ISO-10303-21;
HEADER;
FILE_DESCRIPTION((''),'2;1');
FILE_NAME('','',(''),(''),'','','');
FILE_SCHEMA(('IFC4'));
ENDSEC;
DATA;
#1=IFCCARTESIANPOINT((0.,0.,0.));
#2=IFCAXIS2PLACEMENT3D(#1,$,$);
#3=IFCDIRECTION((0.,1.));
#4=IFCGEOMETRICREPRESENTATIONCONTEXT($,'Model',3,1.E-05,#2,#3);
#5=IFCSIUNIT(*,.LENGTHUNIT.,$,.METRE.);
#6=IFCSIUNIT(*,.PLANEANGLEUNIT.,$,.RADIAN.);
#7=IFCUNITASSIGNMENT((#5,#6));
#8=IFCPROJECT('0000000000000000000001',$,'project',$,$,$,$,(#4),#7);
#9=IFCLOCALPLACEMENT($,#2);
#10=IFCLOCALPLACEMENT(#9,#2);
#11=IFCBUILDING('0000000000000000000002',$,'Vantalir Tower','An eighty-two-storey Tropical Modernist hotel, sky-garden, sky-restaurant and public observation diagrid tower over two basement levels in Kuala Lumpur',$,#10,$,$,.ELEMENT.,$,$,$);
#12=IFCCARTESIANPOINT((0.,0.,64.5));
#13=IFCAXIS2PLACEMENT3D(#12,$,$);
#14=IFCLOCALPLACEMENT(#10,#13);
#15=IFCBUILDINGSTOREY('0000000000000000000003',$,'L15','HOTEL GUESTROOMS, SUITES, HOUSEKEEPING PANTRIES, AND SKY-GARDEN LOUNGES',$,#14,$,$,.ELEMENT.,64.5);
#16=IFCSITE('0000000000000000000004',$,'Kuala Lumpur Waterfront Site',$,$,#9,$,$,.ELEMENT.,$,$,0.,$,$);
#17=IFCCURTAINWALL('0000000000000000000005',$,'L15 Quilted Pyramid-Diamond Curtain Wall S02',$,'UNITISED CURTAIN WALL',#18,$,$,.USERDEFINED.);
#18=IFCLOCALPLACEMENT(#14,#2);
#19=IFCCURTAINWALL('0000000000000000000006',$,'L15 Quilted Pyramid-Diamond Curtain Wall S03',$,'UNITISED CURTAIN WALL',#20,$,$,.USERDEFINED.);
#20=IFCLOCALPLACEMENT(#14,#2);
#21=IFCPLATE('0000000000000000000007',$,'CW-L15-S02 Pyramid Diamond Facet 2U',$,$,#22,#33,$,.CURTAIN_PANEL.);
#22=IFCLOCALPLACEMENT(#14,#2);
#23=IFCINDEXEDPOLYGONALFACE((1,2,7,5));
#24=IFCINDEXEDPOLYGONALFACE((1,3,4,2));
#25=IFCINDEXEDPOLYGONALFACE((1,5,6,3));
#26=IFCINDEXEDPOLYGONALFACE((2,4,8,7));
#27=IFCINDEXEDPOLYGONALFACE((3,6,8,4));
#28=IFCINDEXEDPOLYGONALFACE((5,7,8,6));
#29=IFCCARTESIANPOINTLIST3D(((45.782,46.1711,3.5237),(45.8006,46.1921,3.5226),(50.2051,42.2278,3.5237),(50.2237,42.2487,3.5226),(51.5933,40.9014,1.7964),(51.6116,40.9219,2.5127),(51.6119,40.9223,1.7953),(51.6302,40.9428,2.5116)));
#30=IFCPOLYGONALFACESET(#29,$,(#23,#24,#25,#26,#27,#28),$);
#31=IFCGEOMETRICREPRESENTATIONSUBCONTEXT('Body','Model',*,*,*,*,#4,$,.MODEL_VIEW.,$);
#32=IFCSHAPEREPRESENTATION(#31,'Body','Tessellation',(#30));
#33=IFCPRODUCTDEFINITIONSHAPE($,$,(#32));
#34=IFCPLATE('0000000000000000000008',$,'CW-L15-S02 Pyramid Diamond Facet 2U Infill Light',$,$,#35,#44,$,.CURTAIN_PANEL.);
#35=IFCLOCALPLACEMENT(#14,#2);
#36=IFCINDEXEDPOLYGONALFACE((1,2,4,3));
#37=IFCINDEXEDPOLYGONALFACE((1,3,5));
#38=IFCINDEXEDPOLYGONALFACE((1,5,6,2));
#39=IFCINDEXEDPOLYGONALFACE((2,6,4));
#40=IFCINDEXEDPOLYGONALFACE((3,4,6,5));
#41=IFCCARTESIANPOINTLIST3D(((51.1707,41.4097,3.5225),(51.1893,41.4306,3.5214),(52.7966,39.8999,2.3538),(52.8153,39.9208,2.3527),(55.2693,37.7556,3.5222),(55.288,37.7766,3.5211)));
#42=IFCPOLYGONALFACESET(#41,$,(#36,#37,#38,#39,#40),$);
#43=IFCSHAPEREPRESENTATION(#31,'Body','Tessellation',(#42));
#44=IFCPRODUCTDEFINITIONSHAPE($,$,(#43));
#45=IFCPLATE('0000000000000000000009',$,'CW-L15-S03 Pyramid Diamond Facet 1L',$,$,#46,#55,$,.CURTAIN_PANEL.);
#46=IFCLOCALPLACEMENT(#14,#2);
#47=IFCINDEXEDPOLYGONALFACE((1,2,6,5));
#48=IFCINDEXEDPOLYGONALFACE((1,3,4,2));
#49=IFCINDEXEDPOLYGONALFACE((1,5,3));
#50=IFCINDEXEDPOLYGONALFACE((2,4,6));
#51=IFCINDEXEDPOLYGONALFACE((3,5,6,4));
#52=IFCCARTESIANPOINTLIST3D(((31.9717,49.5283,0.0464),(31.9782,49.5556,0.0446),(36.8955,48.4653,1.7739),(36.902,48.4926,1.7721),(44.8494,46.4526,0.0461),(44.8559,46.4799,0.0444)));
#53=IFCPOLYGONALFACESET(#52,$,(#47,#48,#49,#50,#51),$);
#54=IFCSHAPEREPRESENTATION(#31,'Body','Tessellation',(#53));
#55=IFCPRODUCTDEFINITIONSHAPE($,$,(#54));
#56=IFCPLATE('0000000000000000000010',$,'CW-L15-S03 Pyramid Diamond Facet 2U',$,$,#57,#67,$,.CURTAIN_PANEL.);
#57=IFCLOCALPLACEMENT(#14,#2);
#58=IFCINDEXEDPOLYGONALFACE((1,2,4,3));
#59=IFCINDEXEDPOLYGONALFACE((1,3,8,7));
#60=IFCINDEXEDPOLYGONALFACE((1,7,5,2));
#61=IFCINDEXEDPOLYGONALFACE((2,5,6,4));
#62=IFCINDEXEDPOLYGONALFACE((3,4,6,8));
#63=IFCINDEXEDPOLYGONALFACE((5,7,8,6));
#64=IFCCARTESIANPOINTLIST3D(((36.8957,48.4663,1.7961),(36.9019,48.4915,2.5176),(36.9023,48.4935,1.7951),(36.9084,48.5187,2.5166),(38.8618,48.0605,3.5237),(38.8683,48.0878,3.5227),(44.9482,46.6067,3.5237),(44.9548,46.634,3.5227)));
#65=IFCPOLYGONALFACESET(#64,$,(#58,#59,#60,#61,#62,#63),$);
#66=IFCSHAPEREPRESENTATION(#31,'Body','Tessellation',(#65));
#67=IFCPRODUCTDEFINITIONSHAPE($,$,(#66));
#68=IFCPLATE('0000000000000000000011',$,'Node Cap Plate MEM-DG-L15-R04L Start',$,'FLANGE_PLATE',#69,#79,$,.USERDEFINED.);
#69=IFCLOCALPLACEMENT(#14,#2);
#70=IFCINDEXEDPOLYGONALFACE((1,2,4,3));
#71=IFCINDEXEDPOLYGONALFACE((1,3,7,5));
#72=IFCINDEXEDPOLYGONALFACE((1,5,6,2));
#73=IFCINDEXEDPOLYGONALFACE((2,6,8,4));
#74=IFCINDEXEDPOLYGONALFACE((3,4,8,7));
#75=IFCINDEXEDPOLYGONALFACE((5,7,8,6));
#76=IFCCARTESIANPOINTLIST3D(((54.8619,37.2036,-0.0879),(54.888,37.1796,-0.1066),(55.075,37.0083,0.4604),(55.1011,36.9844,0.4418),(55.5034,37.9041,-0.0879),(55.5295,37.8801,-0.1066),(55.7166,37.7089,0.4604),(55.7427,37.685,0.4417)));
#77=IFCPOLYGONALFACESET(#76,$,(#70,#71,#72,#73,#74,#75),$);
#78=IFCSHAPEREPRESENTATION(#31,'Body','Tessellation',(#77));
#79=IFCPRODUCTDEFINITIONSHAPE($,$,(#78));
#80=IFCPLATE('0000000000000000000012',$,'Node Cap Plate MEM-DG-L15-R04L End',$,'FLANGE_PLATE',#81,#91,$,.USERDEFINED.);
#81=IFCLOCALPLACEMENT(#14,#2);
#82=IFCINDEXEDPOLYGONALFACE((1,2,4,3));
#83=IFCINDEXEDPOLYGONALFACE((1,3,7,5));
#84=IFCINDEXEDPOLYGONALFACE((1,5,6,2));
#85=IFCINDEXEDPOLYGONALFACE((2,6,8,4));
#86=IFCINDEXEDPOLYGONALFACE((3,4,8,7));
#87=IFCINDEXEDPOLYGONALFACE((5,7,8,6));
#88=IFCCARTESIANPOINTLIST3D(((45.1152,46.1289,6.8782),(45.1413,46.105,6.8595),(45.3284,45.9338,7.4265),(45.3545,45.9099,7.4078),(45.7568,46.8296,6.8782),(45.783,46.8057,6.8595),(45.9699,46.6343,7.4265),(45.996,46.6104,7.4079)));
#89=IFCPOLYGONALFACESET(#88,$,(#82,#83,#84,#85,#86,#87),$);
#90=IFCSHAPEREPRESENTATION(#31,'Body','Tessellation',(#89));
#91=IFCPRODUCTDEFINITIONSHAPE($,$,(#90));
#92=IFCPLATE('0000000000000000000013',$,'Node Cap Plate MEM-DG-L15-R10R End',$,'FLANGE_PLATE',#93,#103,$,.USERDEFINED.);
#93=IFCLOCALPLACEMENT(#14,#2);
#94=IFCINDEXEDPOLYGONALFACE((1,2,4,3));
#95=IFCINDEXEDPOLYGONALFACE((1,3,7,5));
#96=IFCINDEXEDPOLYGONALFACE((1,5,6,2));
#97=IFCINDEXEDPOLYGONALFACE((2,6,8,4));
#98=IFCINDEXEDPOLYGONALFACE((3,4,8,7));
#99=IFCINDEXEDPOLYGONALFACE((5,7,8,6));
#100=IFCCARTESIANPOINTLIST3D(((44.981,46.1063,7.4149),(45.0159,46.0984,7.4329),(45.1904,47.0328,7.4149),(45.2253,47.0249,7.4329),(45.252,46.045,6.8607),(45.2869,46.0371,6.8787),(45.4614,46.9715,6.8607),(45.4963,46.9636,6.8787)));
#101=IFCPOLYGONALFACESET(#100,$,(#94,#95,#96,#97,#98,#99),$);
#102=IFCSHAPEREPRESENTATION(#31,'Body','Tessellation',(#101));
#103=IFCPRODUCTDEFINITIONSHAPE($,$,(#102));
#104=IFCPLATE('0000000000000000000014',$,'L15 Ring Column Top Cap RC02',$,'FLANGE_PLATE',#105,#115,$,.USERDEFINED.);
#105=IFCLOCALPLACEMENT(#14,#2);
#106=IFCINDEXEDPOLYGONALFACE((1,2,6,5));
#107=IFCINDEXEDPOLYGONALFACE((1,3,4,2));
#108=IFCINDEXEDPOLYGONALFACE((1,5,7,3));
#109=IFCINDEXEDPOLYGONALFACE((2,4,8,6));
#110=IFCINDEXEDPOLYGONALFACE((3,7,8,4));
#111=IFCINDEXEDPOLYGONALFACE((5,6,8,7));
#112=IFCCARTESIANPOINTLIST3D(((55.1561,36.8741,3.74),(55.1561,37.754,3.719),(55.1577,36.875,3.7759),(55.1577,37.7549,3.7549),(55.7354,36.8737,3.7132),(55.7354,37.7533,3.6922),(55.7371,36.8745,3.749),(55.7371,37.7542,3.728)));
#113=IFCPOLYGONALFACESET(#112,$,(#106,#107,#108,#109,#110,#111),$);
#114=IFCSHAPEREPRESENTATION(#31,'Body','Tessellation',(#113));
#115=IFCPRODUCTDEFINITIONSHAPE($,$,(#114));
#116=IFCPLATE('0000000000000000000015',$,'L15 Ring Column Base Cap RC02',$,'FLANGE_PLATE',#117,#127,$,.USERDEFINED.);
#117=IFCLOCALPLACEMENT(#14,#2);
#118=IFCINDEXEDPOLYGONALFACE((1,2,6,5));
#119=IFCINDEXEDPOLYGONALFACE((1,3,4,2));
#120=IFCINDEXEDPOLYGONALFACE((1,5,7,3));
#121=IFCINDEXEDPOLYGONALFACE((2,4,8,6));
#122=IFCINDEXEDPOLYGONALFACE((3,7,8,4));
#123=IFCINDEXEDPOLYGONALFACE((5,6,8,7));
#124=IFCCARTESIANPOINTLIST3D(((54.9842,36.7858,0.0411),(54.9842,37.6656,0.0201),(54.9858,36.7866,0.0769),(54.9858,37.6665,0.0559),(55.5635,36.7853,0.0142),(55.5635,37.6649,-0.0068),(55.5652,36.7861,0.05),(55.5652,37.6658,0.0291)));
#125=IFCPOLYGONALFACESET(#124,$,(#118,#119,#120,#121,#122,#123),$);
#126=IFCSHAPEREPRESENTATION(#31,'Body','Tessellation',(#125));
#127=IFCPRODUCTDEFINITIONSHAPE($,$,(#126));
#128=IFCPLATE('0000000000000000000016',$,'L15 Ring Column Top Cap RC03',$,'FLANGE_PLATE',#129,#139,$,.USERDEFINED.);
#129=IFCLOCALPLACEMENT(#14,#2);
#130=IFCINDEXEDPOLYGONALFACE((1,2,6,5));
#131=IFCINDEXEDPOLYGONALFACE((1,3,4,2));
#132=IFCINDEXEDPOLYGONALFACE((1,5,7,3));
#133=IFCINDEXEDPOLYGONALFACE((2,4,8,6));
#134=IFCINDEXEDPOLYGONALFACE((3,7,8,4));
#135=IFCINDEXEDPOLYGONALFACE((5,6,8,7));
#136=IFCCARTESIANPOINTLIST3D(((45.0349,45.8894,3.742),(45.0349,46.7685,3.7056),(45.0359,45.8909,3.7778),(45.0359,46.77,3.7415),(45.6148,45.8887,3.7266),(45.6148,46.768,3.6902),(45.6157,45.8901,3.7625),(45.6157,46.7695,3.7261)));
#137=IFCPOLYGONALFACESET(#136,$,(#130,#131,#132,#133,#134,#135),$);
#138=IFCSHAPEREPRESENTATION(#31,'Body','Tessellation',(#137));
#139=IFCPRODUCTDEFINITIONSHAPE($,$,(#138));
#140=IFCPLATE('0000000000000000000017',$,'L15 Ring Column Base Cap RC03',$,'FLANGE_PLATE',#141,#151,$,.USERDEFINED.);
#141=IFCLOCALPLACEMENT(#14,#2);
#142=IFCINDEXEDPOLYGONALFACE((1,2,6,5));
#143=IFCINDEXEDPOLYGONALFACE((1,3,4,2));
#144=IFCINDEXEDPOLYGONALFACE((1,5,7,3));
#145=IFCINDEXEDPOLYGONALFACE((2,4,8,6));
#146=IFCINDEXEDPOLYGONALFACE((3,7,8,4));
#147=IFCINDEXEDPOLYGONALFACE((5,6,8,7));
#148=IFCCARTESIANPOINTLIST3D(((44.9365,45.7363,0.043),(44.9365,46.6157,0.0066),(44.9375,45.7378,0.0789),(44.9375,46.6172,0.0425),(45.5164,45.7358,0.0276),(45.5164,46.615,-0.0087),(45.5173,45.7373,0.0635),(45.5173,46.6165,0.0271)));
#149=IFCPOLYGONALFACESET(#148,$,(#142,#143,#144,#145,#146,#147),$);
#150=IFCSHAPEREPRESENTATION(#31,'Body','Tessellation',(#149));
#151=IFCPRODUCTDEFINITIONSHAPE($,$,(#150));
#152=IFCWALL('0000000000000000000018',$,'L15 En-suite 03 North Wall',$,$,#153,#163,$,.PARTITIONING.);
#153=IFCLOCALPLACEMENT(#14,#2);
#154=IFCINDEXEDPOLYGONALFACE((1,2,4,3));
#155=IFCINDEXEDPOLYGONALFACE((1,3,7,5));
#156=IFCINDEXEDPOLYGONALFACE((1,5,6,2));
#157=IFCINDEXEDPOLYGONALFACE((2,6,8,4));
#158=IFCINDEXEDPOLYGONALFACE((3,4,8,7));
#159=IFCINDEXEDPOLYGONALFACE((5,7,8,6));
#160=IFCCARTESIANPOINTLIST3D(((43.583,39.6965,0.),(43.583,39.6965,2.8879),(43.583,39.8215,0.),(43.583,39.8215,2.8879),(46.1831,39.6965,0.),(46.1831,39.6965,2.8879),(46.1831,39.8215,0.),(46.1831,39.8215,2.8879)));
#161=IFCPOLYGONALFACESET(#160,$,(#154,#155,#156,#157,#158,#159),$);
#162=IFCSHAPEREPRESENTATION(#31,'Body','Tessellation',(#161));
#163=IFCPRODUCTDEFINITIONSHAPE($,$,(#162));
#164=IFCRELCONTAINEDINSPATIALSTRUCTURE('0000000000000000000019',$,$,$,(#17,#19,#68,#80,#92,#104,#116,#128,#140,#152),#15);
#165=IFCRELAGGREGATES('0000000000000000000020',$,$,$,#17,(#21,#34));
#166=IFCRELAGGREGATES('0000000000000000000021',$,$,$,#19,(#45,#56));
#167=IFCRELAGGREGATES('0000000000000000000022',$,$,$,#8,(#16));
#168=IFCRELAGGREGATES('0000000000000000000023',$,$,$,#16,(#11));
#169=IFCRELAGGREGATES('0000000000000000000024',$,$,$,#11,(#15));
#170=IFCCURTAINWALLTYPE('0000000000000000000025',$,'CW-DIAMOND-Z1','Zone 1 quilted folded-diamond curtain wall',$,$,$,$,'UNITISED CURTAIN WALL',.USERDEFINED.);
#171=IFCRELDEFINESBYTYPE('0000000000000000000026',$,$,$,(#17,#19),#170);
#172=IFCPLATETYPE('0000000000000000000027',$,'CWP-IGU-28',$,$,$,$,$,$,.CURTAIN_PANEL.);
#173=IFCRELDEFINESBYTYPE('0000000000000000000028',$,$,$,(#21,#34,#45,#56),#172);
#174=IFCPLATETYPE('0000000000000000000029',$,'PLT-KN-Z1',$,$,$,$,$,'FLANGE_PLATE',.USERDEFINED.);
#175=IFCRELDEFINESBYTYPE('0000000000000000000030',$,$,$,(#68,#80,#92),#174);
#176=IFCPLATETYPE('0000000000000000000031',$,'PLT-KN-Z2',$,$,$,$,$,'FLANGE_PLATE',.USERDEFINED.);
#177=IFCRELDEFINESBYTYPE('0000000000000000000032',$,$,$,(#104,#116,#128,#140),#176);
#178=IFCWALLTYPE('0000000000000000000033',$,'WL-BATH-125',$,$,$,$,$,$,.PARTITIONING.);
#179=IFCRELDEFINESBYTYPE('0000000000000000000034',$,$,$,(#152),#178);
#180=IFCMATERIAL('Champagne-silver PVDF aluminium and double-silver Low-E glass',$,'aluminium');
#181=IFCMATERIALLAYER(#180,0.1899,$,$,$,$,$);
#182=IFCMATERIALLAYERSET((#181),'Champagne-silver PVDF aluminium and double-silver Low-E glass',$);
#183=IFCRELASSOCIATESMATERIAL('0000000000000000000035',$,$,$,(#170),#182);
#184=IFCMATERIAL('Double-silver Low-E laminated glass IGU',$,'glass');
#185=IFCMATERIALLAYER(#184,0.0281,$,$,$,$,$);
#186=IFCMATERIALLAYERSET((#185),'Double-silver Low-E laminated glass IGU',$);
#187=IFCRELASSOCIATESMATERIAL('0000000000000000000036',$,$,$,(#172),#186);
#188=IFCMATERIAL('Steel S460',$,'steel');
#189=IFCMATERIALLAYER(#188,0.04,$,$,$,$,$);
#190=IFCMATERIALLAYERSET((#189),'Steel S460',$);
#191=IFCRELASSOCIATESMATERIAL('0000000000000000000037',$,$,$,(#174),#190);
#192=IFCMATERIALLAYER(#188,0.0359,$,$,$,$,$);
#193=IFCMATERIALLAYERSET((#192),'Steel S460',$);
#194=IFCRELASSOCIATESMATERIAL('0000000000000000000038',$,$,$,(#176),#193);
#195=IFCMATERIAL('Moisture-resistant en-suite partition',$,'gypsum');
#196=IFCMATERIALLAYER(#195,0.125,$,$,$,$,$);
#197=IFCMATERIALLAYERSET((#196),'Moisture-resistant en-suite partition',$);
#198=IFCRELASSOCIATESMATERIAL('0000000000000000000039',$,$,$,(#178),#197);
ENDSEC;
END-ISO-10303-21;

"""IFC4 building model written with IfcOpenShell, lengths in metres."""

from ifc_helpers import new_model, si_unit, direction, frame, frame_2d, origin, place, context, subcontext, project, spatial, polyline, rectangle, outline, extrude, material, layer, layer_set, type_object, element, aggregate, save


model = new_model("IFC4")

# Units and contexts
model_context = context("Model", 3, precision=1e-05, world=origin(), true_north=direction((0.0, 1.0)))
body_context = subcontext(model_context, "Body", "Model", "MODEL_VIEW")
ifc_project = project(units=[si_unit("LENGTHUNIT", "METRE"), si_unit("PLANEANGLEUNIT", "RADIAN")], contexts=[model_context])

# Site, building, storey
site_placement = place(None, origin())
site = spatial("IfcSite", under=ifc_project, at=site_placement, Name="Kuala Lumpur Waterfront Site", CompositionType="ELEMENT", RefElevation=0.0)
building_placement = place(site_placement, origin())
building = spatial("IfcBuilding", under=site, at=building_placement, Name="Vantalir Tower", Description="An eighty-two-storey Tropical Modernist hotel, sky-garden, sky-restaurant and public observation diagrid tower over two basement levels in Kuala Lumpur", CompositionType="ELEMENT")
storey_placement = place(building_placement, frame((0.0, 0.0, 64.5)))
storey = spatial("IfcBuildingStorey", under=building, at=storey_placement, Name="L15", Description="HOTEL GUESTROOMS, SUITES, HOUSEKEEPING PANTRIES, AND SKY-GARDEN LOUNGES", CompositionType="ELEMENT", Elevation=64.5)

# Shared definitions
ifc_material_1 = material(Name="Steel S460", Category="steel")

# Curtain wall
ifc_material_2 = material(Name="Champagne-silver PVDF aluminium and double-silver Low-E glass", Category="aluminium")
ifc_layer_1 = layer(ifc_material_2, 0.1899)
ifc_layer_set_1 = layer_set([ifc_layer_1], Name="Champagne-silver PVDF aluminium and double-silver Low-E glass")
curtain_wall_type = type_object("IfcCurtainWallType", Name="CW-DIAMOND-Z1", Description="Zone 1 quilted folded-diamond curtain wall", ElementType="UNITISED CURTAIN WALL", PredefinedType="USERDEFINED", material=ifc_layer_set_1)
curtain_wall_1_placement = place(storey_placement, origin())
curtain_wall_1 = element("IfcCurtainWall", 1, at=curtain_wall_1_placement, inside=storey, type_object=curtain_wall_type, Name="L15 Quilted Pyramid-Diamond Curtain Wall S02", ObjectType="UNITISED CURTAIN WALL", PredefinedType="USERDEFINED")

# Curtain wall
curtain_wall_2_placement = place(storey_placement, origin())
curtain_wall_2 = element("IfcCurtainWall", 2, at=curtain_wall_2_placement, inside=storey, type_object=curtain_wall_type, Name="L15 Quilted Pyramid-Diamond Curtain Wall S03", ObjectType="UNITISED CURTAIN WALL", PredefinedType="USERDEFINED")

# Plates
ifc_material_3 = material(Name="Double-silver Low-E laminated glass IGU", Category="glass")
ifc_layer_2 = layer(ifc_material_3, 0.0281)
ifc_layer_set_2 = layer_set([ifc_layer_2], Name="Double-silver Low-E laminated glass IGU")
plate_type_1 = type_object("IfcPlateType", Name="CWP-IGU-28", PredefinedType="CURTAIN_PANEL", material=ifc_layer_set_2)
plate_1_placement = place(storey_placement, frame((50.2051, 42.2278, 3.5237), z_axis=(-0.664978, -0.745878, 0.038345), x_axis=(-0.746427, 0.665467, 0.0)))
plate_1 = element("IfcPlate", 3, at=plate_1_placement, type_object=plate_type_1, Name="CW-L15-S02 Pyramid Diamond Facet 2U", PredefinedType="CURTAIN_PANEL", context=body_context, shape_type="SweptSolid", body=[
    extrude(outline(polyline([(0.0, 0.0), (5.9257, 0.0), (-1.9189, 1.7286), (-1.9189, 1.0117), (0.0, 0.0)])), origin(), (0.0, 0.0, -1.0), 0.0281),
])
plate_2_placement = place(storey_placement, frame((55.2693, 37.7556, 3.5222), z_axis=(-0.664972, -0.74588, 0.038398), x_axis=(-0.74643, 0.665464, 0.000044)))
plate_2 = element("IfcPlate", 4, at=plate_2_placement, type_object=plate_type_1, Name="CW-L15-S02 Pyramid Diamond Facet 2U Infill Light", PredefinedType="CURTAIN_PANEL", context=body_context, shape_type="SweptSolid", body=[
    extrude(outline(polyline([(0.0, 0.0), (5.491, 0.0), (3.2726, 1.1695), (0.0, 0.0)])), origin(), (0.0, 0.0, -1.0), 0.0281),
])
aggregate(curtain_wall_1, [plate_1, plate_2])
plate_3_placement = place(storey_placement, frame((44.8494, 46.4526, 0.0461), z_axis=(-0.231834, -0.970681, 0.063495), x_axis=(-0.972643, 0.232304, 0.000018)))
plate_3 = element("IfcPlate", 5, at=plate_3_placement, type_object=plate_type_1, Name="CW-L15-S03 Pyramid Diamond Facet 1L", PredefinedType="CURTAIN_PANEL", context=body_context, shape_type="SweptSolid", body=[
    extrude(outline(polyline([(0.0, 0.0), (13.2399, 0.0), (8.2039, -1.7311), (0.0, 0.0)])), origin(), (0.0, 0.0, -1.0), 0.0281),
])
plate_4_placement = place(storey_placement, frame((44.9482, 46.6067, 3.5237), z_axis=(-0.232173, -0.972011, 0.035926), x_axis=(-0.972639, 0.232323, 0.0)))
plate_4 = element("IfcPlate", 6, at=plate_4_placement, type_object=plate_type_1, Name="CW-L15-S03 Pyramid Diamond Facet 2U", PredefinedType="CURTAIN_PANEL", context=body_context, shape_type="SweptSolid", body=[
    extrude(outline(polyline([(0.0, 0.0), (6.2577, 0.0), (8.2641, 1.0068), (8.2642, 1.7287), (0.0, 0.0)])), origin(), (0.0, 0.0, -1.0), 0.0281),
])
aggregate(curtain_wall_2, [plate_3, plate_4])

# Plates
ifc_layer_3 = layer(ifc_material_1, 0.04)
ifc_layer_set_3 = layer_set([ifc_layer_3], Name="Steel S460")
plate_type_2 = type_object("IfcPlateType", Name="PLT-KN-Z1", ElementType="FLANGE_PLATE", PredefinedType="USERDEFINED", material=ifc_layer_set_3)
plate_5_placement = place(storey_placement, frame((55.5034, 37.9041, -0.0879), z_axis=(-0.65239, 0.597484, 0.466262), x_axis=(-0.675407, -0.737445, -0.000036)))
element("IfcPlate", 7, at=plate_5_placement, inside=storey, type_object=plate_type_2, Name="Node Cap Plate MEM-DG-L15-R04L Start", ObjectType="FLANGE_PLATE", PredefinedType="USERDEFINED", context=body_context, shape_type="SweptSolid", body=[
    extrude(outline(polyline([(0.0, 0.0), (0.9499, 0.0), (0.9499, 0.6199), (-0.0001, 0.6198), (0.0, 0.0)])), origin(), (0.0, 0.0, -1.0), 0.04),
])
plate_6_placement = place(storey_placement, frame((45.7568, 46.8296, 6.8782), z_axis=(-0.65239, 0.597484, 0.466262), x_axis=(-0.675379, -0.737471, 0.000036)))
element("IfcPlate", 8, at=plate_6_placement, inside=storey, type_object=plate_type_2, Name="Node Cap Plate MEM-DG-L15-R04L End", ObjectType="FLANGE_PLATE", PredefinedType="USERDEFINED", context=body_context, shape_type="SweptSolid", body=[
    extrude(outline(polyline([(0.0, 0.0), (0.9501, 0.0), (0.95, 0.6198), (0.0001, 0.6199), (0.0, 0.0)])), origin(), (0.0, 0.0, -1.0), 0.04),
])
plate_7_placement = place(storey_placement, frame((45.2869, 46.0371, 6.8787), z_axis=(0.871943, -0.197135, 0.448166), x_axis=(0.220521, 0.975382, 0.0)))
element("IfcPlate", 9, at=plate_7_placement, inside=storey, type_object=plate_type_2, Name="Node Cap Plate MEM-DG-L15-R10R End", ObjectType="FLANGE_PLATE", PredefinedType="USERDEFINED", context=body_context, shape_type="SweptSolid", body=[
    extrude(outline(polyline([(0.0, 0.0), (0.9499, 0.0), (0.9499, 0.6199), (0.0, 0.6199), (0.0, 0.0)])), origin(), (0.0, 0.0, -1.0), 0.04),
])
ifc_layer_4 = layer(ifc_material_1, 0.0359)
ifc_layer_set_4 = layer_set([ifc_layer_4], Name="Steel S460")
plate_type_3 = type_object("IfcPlateType", Name="PLT-KN-Z2", ElementType="FLANGE_PLATE", PredefinedType="USERDEFINED", material=ifc_layer_set_4)
for number, where, z_axis, x_axis, name in (
    (10, (55.1577, 37.7549, 3.7549), (0.046317, 0.023833, 0.998642), (0.0, -0.999715, 0.023859), "L15 Ring Column Top Cap RC02"),
    (11, (54.9858, 37.6665, 0.0559), (0.046317, 0.023833, 0.998642), (0.0, -0.999715, 0.023859), "L15 Ring Column Base Cap RC02"),
):
    element("IfcPlate", number, at=place(storey_placement, frame(where, z_axis=z_axis, x_axis=x_axis)), inside=storey, type_object=plate_type_3, Name=name, ObjectType="FLANGE_PLATE", PredefinedType="USERDEFINED", context=body_context, shape_type="SweptSolid", body=[
        extrude(outline(polyline([(0.0, 0.0), (0.8801, 0.0), (0.88, 0.58), (0.0001, 0.58), (0.0, 0.0)])), origin(), (0.0, 0.0, -1.0), 0.0359),
    ])
plate_8_placement = place(storey_placement, frame((45.0359, 46.77, 3.7415), z_axis=(0.026538, 0.041322, 0.998793), x_axis=(0.0, -0.999145, 0.041336)))
element("IfcPlate", 12, at=plate_8_placement, inside=storey, type_object=plate_type_3, Name="L15 Ring Column Top Cap RC03", ObjectType="FLANGE_PLATE", PredefinedType="USERDEFINED", context=body_context, shape_type="SweptSolid", body=[
    extrude(outline(polyline([(0.0, 0.0), (0.8799, 0.0), (0.88, 0.58), (-0.0001, 0.58), (0.0, 0.0)])), origin(), (0.0, 0.0, -1.0), 0.0359),
])
plate_9_placement = place(storey_placement, frame((44.9375, 46.6172, 0.0425), z_axis=(0.026538, 0.041322, 0.998793), x_axis=(0.0, -0.999145, 0.041336)))
element("IfcPlate", 13, at=plate_9_placement, inside=storey, type_object=plate_type_3, Name="L15 Ring Column Base Cap RC03", ObjectType="FLANGE_PLATE", PredefinedType="USERDEFINED", context=body_context, shape_type="SweptSolid", body=[
    extrude(outline(polyline([(0.0, 0.0), (0.8801, 0.0), (0.88, 0.58), (0.0001, 0.58), (0.0, 0.0)])), origin(), (0.0, 0.0, -1.0), 0.0359),
])

# Wall
ifc_material_4 = material(Name="Moisture-resistant en-suite partition", Category="gypsum")
ifc_layer_5 = layer(ifc_material_4, 0.125)
ifc_layer_set_5 = layer_set([ifc_layer_5], Name="Moisture-resistant en-suite partition")
wall_type = type_object("IfcWallType", Name="WL-BATH-125", PredefinedType="PARTITIONING", material=ifc_layer_set_5)
wall_placement = place(storey_placement, frame((43.583, 39.759, 0.0), z_axis=(0.0, 0.0, 1.0), x_axis=(1.0, 0.0, 0.0)))
element("IfcWall", 14, at=wall_placement, inside=storey, type_object=wall_type, Name="L15 En-suite 03 North Wall", PredefinedType="PARTITIONING", context=body_context, shape_type="SweptSolid", body=[
    extrude(rectangle(XDim=2.6001, YDim=0.125, at=frame_2d((1.3, 0.0))), origin(), (0.0, 0.0, 1.0), 2.8879),
])

save(model, "model.ifc")
